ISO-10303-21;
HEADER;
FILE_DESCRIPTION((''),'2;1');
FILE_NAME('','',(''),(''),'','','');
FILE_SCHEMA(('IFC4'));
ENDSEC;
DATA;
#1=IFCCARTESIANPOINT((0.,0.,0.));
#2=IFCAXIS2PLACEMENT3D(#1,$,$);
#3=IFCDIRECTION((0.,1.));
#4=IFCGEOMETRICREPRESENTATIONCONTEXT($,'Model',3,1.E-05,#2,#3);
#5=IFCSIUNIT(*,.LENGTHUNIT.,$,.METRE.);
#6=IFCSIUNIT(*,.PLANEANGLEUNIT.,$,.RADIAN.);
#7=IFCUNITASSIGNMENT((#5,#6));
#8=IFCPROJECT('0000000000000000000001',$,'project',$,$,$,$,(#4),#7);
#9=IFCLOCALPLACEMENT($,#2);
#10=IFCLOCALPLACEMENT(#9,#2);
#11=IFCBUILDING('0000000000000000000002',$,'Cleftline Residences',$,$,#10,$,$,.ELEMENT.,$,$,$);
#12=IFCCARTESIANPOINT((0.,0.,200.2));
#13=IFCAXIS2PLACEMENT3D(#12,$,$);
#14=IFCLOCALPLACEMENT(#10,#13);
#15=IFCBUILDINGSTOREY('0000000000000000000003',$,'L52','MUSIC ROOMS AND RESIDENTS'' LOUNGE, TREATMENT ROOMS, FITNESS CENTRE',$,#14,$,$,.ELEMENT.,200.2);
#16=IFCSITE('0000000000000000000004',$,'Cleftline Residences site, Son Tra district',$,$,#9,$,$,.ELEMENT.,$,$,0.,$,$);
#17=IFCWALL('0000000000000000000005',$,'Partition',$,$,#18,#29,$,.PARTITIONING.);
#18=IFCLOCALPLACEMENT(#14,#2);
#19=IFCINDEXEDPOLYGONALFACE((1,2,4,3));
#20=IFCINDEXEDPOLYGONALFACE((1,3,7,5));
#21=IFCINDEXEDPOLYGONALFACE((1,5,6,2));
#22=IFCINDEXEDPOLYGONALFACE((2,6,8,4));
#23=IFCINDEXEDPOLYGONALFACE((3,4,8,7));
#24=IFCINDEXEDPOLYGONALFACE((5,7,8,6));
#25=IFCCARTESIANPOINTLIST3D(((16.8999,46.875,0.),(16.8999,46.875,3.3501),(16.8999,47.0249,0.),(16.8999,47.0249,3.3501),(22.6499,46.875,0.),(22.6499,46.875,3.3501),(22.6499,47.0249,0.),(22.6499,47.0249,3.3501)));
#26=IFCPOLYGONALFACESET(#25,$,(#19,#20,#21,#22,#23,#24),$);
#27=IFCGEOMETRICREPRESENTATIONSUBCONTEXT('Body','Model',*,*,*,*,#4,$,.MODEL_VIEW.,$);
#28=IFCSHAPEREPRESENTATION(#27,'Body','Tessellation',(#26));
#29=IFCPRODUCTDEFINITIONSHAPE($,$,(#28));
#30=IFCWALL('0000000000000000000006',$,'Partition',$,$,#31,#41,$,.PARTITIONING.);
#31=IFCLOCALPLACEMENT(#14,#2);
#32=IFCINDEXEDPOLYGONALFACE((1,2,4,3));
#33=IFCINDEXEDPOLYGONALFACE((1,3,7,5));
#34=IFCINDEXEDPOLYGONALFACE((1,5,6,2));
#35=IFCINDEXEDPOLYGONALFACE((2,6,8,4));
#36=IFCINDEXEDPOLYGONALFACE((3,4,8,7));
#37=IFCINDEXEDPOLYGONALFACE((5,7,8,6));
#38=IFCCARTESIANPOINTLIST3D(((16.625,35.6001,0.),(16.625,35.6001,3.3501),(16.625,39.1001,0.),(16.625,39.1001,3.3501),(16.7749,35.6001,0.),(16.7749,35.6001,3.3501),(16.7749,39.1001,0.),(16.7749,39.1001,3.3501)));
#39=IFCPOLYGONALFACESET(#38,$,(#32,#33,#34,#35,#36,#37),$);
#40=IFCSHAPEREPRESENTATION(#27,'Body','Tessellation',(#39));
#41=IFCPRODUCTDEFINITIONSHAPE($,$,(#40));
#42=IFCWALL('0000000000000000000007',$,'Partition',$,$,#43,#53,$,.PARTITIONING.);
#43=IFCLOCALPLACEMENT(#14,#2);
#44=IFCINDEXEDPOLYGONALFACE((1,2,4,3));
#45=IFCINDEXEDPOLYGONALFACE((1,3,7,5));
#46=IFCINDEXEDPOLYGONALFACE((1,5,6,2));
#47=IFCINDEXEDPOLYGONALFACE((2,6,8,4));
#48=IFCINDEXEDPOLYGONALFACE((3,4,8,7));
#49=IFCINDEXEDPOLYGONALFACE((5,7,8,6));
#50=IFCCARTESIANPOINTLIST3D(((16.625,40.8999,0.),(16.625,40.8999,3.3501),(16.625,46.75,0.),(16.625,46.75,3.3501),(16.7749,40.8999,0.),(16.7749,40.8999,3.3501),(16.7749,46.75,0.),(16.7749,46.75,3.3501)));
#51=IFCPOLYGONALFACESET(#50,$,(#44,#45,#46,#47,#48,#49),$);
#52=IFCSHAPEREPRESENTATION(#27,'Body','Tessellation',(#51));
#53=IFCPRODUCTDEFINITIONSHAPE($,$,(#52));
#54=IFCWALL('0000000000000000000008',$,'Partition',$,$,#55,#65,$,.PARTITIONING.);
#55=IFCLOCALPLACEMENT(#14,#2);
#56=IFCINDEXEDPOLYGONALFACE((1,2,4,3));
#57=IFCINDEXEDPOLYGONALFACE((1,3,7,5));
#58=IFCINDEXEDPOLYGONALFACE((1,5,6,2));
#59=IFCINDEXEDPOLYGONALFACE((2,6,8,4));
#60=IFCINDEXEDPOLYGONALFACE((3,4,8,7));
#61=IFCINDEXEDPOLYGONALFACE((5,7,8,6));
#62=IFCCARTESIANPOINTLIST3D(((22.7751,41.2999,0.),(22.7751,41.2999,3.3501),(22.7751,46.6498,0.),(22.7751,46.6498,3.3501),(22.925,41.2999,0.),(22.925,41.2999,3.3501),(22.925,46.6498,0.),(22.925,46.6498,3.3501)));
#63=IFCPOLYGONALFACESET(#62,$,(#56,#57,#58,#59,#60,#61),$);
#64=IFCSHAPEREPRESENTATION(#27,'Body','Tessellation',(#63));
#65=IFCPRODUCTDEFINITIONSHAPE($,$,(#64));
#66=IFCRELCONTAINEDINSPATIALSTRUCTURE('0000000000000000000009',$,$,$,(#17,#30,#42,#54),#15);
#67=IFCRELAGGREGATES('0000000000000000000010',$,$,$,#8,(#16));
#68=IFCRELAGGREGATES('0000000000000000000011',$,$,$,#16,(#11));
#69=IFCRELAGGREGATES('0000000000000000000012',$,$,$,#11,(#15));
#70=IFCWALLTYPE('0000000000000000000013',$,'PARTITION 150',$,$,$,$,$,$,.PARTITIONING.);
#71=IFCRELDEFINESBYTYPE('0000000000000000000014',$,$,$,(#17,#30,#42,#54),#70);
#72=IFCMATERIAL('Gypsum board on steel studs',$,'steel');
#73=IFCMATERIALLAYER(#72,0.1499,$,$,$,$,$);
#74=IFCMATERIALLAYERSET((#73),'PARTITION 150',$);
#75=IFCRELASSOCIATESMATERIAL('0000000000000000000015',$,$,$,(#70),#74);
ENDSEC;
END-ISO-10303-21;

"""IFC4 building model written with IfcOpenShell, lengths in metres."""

from ifc_helpers import new_model, si_unit, direction, frame, frame_2d, origin, place, context, subcontext, project, spatial, rectangle, extrude, material, layer, layer_set, type_object, element, save


model = new_model("IFC4")

# Units and contexts
model_context = context("Model", 3, precision=1e-05, world=origin(), true_north=direction((0.0, 1.0)))
body_context = subcontext(model_context, "Body", "Model", "MODEL_VIEW")
ifc_project = project(units=[si_unit("LENGTHUNIT", "METRE"), si_unit("PLANEANGLEUNIT", "RADIAN")], contexts=[model_context])

# Site, building, storey
site_placement = place(None, origin())
site = spatial("IfcSite", under=ifc_project, at=site_placement, Name="Cleftline Residences site, Son Tra district", CompositionType="ELEMENT", RefElevation=0.0)
building_placement = place(site_placement, origin())
building = spatial("IfcBuilding", under=site, at=building_placement, Name="Cleftline Residences", CompositionType="ELEMENT")
storey_placement = place(building_placement, frame((0.0, 0.0, 200.2)))
storey = spatial("IfcBuildingStorey", under=building, at=storey_placement, Name="L52", Description="MUSIC ROOMS AND RESIDENTS' LOUNGE, TREATMENT ROOMS, FITNESS CENTRE", CompositionType="ELEMENT", Elevation=200.2)

# Walls
ifc_material_1 = material(Name="Gypsum board on steel studs", Category="steel")
ifc_layer_1 = layer(ifc_material_1, 0.1499)
ifc_layer_set_1 = layer_set([ifc_layer_1], Name="PARTITION 150")
wall_type_1 = type_object("IfcWallType", Name="PARTITION 150", PredefinedType="PARTITIONING", material=ifc_layer_set_1)
wall_1_placement = place(storey_placement, frame((16.8999, 46.95, 0.0), z_axis=(0.0, 0.0, 1.0), x_axis=(1.0, 0.0, 0.0)))
element("IfcWall", 1, at=wall_1_placement, inside=storey, type_object=wall_type_1, Name="Partition", PredefinedType="PARTITIONING", context=body_context, shape_type="SweptSolid", body=[
    extrude(rectangle(XDim=5.75, YDim=0.1499, at=frame_2d((2.875, 0.0))), origin(), (0.0, 0.0, 1.0), 3.3501),
])
wall_2_placement = place(storey_placement, frame((16.7, 35.6001, 0.0), z_axis=(0.0, 0.0, 1.0), x_axis=(0.0, 1.0, 0.0)))
element("IfcWall", 2, at=wall_2_placement, inside=storey, type_object=wall_type_1, Name="Partition", PredefinedType="PARTITIONING", context=body_context, shape_type="SweptSolid", body=[
    extrude(rectangle(XDim=3.5, YDim=0.1499, at=frame_2d((1.75, 0.0))), origin(), (0.0, 0.0, 1.0), 3.3501),
])
wall_3_placement = place(storey_placement, frame((16.7, 40.8999, 0.0), z_axis=(0.0, 0.0, 1.0), x_axis=(0.0, 1.0, 0.0)))
element("IfcWall", 3, at=wall_3_placement, inside=storey, type_object=wall_type_1, Name="Partition", PredefinedType="PARTITIONING", context=body_context, shape_type="SweptSolid", body=[
    extrude(rectangle(XDim=5.8501, YDim=0.1499, at=frame_2d((2.925, 0.0))), origin(), (0.0, 0.0, 1.0), 3.3501),
])
wall_4_placement = place(storey_placement, frame((22.8501, 41.3, 0.0), z_axis=(0.0, 0.0, 1.0), x_axis=(0.0, 1.0, 0.0)))
element("IfcWall", 4, at=wall_4_placement, inside=storey, type_object=wall_type_1, Name="Partition", PredefinedType="PARTITIONING", context=body_context, shape_type="SweptSolid", body=[
    extrude(rectangle(XDim=5.3499, YDim=0.1499, at=frame_2d((2.6748, 0.0))), origin(), (0.0, 0.0, 1.0), 3.3501),
])

save(model, "model.ifc")
